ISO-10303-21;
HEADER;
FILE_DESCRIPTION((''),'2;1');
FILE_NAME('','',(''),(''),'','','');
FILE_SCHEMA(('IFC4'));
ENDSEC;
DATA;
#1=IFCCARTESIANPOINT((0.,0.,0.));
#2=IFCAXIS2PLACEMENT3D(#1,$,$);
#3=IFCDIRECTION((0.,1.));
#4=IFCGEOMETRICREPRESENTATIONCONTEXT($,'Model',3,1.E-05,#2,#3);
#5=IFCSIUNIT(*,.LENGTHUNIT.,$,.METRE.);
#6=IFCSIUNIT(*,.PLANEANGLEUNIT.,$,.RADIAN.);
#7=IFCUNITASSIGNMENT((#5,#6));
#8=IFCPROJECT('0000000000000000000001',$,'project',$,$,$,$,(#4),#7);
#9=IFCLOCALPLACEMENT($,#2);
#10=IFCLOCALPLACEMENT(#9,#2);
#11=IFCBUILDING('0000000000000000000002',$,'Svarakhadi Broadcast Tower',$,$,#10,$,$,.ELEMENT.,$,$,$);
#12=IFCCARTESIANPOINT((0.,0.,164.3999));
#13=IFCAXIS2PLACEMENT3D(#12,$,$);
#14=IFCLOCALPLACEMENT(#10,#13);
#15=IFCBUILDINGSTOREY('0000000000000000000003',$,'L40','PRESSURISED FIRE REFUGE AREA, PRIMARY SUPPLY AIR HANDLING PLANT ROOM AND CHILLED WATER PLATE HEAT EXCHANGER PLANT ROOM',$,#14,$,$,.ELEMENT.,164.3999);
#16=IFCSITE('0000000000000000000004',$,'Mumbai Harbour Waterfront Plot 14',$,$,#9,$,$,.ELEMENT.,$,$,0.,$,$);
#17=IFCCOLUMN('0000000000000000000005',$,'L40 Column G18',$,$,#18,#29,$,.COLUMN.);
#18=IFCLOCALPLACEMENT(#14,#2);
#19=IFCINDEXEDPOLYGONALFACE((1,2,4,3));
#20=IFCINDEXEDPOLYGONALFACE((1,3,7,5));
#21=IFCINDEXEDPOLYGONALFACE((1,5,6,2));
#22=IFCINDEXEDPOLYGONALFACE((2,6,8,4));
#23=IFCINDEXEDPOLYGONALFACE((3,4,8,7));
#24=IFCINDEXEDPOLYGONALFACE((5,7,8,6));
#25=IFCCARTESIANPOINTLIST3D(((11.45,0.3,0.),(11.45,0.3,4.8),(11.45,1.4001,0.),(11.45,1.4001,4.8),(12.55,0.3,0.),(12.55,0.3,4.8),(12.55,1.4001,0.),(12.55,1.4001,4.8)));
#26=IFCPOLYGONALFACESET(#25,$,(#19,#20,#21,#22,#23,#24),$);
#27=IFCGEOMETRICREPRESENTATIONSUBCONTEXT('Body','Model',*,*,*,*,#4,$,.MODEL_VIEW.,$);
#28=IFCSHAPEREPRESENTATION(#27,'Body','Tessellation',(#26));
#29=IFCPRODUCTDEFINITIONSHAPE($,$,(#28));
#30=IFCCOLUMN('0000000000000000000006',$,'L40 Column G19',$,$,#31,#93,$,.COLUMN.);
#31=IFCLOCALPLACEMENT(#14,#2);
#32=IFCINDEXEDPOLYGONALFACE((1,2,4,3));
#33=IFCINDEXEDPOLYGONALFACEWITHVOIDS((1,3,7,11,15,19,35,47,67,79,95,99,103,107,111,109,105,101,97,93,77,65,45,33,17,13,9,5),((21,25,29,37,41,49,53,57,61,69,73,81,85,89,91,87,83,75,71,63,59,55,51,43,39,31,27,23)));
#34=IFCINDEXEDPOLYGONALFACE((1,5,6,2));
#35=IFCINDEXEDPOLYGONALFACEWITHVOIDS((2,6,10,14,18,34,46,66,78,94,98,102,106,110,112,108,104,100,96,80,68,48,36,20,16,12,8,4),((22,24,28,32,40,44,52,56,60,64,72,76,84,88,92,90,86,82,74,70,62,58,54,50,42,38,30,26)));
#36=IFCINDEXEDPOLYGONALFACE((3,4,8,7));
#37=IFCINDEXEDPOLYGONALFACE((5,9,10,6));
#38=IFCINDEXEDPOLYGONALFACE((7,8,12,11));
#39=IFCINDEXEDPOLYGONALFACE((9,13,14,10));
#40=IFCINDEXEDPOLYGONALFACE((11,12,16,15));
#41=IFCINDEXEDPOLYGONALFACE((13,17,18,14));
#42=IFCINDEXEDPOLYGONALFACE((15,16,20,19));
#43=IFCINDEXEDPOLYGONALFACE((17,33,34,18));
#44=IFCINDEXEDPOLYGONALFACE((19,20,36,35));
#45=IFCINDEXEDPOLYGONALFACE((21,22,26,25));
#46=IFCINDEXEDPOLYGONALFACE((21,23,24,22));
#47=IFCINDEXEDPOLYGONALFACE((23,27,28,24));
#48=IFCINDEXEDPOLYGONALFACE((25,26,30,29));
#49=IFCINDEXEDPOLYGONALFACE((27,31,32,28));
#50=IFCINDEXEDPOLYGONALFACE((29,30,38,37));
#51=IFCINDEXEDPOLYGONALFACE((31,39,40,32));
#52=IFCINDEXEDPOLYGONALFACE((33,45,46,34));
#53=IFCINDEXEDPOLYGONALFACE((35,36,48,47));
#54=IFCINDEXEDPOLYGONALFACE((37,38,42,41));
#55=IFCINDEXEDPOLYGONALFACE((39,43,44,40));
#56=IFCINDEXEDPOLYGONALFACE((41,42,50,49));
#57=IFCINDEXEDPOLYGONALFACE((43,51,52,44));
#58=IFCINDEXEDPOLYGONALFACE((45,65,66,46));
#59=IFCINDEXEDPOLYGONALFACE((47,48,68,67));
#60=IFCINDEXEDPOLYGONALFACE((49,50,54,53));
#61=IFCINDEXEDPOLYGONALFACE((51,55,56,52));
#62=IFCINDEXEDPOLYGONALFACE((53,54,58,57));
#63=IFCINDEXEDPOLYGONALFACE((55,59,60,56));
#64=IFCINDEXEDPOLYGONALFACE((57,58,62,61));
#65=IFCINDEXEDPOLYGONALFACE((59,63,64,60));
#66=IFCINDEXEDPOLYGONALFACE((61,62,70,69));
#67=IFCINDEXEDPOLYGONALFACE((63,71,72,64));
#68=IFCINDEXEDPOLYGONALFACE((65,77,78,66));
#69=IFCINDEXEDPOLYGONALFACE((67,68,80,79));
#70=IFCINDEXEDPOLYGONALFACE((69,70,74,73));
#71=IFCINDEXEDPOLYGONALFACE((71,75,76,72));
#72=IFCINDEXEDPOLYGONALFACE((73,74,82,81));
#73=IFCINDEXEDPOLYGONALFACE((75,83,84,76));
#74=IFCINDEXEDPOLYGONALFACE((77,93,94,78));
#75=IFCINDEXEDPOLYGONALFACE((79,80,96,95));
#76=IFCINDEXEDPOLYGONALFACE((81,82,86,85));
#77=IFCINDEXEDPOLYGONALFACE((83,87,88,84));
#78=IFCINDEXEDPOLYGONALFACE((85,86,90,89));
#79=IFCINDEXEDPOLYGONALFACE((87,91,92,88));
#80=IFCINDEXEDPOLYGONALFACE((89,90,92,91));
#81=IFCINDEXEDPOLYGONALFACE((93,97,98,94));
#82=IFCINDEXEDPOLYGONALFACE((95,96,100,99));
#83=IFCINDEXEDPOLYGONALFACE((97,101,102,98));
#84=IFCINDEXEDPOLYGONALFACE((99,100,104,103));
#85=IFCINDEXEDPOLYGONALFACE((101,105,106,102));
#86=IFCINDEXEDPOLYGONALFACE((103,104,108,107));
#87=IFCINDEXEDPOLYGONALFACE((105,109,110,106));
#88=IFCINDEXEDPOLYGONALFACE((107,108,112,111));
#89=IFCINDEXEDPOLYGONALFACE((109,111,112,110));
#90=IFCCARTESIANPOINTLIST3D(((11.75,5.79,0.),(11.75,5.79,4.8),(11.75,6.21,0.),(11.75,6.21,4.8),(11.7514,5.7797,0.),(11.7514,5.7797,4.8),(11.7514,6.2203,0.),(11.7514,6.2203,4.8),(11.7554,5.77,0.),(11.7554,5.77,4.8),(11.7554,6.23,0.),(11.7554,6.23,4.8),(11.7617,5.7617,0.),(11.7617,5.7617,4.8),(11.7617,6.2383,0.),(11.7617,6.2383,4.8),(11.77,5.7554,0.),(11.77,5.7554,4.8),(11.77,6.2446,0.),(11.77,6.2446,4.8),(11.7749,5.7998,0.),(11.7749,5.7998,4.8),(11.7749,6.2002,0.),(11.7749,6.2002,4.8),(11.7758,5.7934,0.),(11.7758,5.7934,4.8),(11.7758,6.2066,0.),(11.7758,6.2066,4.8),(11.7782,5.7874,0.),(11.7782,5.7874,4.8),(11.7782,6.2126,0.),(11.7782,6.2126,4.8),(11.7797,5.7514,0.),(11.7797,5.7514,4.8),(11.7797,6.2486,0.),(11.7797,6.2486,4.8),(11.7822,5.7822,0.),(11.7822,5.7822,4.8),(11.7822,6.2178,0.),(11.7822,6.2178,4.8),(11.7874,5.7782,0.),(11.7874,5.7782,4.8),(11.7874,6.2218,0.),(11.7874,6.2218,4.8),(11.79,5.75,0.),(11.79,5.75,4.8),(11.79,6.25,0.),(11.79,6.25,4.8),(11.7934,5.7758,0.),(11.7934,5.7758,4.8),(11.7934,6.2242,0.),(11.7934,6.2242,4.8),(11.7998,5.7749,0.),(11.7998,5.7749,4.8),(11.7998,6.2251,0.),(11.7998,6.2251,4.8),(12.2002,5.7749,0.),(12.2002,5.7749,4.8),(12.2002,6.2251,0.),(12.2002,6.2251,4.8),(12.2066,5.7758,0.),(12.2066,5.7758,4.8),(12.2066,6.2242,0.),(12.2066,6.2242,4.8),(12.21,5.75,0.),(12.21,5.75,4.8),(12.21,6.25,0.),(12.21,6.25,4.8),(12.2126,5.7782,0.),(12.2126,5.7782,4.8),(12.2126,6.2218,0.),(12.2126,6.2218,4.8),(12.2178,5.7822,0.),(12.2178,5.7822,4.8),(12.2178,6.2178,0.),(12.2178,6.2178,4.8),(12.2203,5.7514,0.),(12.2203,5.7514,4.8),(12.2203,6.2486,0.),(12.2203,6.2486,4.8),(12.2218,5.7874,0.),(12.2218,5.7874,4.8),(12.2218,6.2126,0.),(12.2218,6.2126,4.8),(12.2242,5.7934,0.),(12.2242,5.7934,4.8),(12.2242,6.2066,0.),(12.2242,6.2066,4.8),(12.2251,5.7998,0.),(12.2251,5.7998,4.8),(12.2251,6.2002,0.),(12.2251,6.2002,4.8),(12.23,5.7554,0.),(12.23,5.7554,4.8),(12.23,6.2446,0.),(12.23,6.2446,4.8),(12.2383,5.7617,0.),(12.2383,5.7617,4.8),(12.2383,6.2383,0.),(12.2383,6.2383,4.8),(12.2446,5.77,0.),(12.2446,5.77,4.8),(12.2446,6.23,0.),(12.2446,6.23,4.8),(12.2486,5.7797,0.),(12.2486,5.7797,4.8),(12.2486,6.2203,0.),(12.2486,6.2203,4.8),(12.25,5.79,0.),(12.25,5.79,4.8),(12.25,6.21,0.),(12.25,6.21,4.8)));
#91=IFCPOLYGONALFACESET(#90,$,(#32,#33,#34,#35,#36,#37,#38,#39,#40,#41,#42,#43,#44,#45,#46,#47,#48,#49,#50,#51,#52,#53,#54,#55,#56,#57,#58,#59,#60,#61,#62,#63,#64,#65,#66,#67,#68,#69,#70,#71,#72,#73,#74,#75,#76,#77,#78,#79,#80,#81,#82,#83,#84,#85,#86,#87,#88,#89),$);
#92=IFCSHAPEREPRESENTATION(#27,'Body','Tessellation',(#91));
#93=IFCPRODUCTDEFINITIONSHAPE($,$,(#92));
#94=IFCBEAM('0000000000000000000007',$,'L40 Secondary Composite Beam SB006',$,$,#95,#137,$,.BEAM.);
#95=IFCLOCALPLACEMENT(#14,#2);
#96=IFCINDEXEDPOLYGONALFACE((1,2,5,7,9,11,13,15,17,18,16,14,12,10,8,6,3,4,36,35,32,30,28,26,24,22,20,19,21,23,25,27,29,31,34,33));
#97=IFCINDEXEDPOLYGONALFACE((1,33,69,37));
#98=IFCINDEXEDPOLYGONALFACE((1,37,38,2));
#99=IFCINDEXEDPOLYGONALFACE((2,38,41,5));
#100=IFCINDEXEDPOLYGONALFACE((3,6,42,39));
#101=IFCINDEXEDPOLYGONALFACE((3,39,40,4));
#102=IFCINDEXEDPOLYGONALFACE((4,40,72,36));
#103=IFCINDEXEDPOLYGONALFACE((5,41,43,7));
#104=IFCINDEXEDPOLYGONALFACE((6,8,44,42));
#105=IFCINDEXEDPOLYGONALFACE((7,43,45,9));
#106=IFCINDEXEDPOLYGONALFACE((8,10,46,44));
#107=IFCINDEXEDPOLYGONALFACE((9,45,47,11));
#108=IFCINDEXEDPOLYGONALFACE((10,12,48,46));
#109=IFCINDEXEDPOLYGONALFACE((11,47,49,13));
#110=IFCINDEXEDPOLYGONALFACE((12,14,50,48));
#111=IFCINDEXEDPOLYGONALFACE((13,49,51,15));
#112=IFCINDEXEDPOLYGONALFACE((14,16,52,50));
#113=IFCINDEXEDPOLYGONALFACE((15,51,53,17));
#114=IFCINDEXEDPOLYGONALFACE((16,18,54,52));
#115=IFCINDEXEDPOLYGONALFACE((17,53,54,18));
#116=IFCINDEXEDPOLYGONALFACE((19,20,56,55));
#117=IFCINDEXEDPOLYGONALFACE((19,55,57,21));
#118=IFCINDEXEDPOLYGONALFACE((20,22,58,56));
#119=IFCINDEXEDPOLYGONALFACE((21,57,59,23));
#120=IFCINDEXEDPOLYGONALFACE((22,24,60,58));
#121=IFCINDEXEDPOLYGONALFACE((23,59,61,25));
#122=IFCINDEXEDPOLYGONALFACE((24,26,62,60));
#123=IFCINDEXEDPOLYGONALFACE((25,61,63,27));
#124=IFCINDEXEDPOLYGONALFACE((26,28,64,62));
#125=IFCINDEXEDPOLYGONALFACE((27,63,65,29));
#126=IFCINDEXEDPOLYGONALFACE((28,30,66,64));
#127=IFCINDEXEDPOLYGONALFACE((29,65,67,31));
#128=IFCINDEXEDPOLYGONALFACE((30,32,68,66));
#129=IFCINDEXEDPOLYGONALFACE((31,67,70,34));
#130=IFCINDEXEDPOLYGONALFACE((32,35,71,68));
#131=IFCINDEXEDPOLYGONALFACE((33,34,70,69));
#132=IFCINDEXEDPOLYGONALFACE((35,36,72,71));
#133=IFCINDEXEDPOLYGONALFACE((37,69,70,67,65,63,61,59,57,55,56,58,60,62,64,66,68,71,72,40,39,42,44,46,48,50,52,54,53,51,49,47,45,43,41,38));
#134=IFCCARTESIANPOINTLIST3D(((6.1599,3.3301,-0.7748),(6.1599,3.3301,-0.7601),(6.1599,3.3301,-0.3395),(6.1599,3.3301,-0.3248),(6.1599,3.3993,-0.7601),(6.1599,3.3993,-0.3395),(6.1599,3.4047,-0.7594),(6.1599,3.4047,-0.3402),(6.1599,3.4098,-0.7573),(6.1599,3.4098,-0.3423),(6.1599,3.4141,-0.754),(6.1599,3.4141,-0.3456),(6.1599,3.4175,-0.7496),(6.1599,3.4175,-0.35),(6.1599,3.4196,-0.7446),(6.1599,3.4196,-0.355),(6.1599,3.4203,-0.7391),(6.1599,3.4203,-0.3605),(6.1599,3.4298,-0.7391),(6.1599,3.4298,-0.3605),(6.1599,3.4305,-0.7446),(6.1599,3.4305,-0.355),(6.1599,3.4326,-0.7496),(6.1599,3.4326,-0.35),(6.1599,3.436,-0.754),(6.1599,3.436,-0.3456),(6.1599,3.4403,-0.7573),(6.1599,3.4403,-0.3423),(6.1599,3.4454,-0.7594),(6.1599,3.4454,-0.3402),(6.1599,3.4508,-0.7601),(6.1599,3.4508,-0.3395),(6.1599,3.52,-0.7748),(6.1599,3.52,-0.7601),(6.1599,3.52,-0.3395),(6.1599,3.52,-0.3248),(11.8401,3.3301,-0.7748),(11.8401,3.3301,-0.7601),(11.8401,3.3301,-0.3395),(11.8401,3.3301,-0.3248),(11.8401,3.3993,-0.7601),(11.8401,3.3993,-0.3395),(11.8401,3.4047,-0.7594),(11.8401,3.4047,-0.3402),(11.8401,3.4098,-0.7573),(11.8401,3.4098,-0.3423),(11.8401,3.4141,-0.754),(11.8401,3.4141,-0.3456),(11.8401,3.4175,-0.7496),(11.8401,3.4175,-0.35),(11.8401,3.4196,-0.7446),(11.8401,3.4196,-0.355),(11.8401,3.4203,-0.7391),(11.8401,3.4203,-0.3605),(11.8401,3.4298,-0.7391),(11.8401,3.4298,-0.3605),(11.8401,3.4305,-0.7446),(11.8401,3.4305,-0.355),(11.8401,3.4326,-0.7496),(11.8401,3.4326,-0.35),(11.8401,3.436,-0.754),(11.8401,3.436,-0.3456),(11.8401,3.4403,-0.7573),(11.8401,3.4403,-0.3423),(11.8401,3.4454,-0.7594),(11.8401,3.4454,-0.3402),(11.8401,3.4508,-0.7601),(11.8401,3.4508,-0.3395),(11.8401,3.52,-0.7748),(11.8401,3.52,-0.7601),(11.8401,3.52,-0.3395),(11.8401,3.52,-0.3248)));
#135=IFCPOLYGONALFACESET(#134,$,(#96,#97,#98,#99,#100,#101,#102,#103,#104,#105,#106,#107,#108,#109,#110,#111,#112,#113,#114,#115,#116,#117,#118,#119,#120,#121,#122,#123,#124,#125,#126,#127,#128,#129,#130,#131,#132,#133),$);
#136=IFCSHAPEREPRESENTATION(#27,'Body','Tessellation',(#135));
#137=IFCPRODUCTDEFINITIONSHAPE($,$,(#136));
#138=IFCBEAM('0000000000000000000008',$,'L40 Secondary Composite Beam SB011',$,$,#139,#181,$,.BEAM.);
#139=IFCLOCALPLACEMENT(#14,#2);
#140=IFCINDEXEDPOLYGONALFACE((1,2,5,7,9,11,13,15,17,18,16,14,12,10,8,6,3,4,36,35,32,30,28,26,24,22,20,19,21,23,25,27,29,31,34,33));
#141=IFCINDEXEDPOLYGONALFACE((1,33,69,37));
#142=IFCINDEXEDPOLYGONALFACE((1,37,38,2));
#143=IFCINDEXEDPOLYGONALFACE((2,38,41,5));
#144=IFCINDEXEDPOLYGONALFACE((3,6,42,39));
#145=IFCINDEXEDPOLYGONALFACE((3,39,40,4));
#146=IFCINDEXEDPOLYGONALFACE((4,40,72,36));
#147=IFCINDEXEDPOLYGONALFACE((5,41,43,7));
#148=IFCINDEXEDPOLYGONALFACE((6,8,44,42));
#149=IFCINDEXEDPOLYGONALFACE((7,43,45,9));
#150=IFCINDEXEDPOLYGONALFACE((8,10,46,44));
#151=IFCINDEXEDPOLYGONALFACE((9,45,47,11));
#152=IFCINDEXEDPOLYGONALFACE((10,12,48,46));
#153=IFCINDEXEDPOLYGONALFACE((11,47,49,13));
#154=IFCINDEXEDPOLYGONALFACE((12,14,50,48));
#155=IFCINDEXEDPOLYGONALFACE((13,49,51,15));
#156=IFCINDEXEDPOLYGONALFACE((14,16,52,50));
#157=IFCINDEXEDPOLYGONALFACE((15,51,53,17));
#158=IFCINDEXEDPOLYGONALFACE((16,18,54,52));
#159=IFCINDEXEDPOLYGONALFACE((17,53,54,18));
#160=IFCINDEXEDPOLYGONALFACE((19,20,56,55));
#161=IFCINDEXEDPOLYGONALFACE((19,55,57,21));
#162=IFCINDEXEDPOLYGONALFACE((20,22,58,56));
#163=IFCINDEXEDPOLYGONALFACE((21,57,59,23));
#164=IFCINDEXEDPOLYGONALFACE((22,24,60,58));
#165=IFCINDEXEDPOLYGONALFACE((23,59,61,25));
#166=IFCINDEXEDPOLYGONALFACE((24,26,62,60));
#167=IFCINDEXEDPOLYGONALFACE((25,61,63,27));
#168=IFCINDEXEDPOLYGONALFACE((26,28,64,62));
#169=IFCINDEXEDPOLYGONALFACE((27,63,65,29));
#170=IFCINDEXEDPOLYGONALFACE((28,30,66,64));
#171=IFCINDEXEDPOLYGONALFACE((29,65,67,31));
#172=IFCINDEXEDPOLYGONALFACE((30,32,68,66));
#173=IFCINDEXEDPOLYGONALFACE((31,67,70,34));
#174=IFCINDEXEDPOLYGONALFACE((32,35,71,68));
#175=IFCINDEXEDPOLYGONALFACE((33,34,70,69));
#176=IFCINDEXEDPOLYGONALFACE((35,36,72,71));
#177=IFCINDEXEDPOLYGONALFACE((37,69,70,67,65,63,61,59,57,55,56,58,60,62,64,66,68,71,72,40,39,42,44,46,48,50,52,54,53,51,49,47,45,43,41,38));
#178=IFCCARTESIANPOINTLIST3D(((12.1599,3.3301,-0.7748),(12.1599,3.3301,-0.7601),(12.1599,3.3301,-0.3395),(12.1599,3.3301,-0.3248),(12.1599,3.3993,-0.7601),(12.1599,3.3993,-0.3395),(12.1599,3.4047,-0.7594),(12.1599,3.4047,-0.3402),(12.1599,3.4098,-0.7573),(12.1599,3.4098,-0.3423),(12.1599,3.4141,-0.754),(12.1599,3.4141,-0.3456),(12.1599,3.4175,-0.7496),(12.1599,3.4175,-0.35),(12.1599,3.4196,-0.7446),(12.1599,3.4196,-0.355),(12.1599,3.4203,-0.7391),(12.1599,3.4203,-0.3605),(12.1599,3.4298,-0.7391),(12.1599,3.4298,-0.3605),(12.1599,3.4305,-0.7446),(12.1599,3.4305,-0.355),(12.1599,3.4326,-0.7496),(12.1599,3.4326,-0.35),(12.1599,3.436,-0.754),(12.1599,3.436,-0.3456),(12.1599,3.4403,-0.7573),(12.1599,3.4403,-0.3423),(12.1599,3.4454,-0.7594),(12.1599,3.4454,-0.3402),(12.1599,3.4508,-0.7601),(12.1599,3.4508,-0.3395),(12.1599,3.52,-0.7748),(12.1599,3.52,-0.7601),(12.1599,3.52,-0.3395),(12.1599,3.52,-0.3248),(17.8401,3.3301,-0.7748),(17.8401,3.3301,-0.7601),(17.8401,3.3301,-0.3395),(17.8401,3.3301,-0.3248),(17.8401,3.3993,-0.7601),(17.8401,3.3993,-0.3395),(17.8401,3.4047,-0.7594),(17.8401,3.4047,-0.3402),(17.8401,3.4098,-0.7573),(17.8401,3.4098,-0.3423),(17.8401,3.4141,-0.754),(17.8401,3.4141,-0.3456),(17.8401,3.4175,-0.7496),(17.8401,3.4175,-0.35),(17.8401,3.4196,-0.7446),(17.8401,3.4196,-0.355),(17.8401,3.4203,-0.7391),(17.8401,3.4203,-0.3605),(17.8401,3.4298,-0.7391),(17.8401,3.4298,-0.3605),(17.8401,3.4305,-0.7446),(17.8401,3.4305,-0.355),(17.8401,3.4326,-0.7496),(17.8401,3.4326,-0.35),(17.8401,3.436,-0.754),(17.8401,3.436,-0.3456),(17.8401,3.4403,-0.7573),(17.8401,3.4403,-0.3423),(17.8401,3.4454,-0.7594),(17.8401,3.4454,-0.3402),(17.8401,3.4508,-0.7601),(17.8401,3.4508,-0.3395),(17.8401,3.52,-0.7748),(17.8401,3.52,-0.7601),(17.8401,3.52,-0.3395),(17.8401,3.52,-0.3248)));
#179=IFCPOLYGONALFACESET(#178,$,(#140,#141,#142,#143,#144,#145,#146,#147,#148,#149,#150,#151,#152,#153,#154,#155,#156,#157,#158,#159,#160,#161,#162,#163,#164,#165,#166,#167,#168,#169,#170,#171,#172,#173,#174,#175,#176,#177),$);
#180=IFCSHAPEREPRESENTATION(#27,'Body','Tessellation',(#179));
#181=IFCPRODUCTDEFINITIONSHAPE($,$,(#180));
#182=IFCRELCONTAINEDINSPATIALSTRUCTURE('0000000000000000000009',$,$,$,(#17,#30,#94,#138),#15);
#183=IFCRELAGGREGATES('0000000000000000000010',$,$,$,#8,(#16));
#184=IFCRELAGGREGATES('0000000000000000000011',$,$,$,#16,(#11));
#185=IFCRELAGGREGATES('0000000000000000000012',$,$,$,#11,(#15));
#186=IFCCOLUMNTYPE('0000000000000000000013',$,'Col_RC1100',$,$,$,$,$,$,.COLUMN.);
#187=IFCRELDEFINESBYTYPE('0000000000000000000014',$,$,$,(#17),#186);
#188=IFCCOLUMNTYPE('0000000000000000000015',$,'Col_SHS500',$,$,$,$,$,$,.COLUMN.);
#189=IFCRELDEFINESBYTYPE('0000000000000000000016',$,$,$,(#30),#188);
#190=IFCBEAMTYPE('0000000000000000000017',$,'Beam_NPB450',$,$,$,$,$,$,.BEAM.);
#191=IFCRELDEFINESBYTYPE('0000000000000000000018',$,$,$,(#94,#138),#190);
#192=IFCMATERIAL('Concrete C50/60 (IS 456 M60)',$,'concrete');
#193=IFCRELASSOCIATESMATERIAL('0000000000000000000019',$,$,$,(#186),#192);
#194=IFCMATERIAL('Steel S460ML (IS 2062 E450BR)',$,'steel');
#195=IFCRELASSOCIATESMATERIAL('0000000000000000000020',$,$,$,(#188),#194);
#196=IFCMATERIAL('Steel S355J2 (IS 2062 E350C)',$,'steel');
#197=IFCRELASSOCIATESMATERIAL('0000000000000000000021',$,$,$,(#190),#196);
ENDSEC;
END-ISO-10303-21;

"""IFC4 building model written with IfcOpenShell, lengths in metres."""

from ifc_helpers import new_model, si_unit, direction, frame, origin, origin_2d, place, context, subcontext, project, spatial, rectangle, hollow_rectangle, i_section, extrude, material, material_profile, profile_set, type_object, element, save


model = new_model("IFC4")

# Units and contexts
model_context = context("Model", 3, precision=1e-05, world=origin(), true_north=direction((0.0, 1.0)))
body_context = subcontext(model_context, "Body", "Model", "MODEL_VIEW")
ifc_project = project(units=[si_unit("LENGTHUNIT", "METRE"), si_unit("PLANEANGLEUNIT", "RADIAN")], contexts=[model_context])

# Site, building, storey
site_placement = place(None, origin())
site = spatial("IfcSite", under=ifc_project, at=site_placement, Name="Mumbai Harbour Waterfront Plot 14", CompositionType="ELEMENT", RefElevation=0.0)
building_placement = place(site_placement, origin())
building = spatial("IfcBuilding", under=site, at=building_placement, Name="Svarakhadi Broadcast Tower", CompositionType="ELEMENT")
storey_placement = place(building_placement, frame((0.0, 0.0, 164.3999)))
storey = spatial("IfcBuildingStorey", under=building, at=storey_placement, Name="L40", Description="PRESSURISED FIRE REFUGE AREA, PRIMARY SUPPLY AIR HANDLING PLANT ROOM AND CHILLED WATER PLATE HEAT EXCHANGER PLANT ROOM", CompositionType="ELEMENT", Elevation=164.3999)

# Columns
ifc_material_1 = material(Name="Concrete C50/60 (IS 456 M60)", Category="concrete")
ifc_material_profile_1 = material_profile(ifc_material_1, rectangle(XDim=1.1001, YDim=1.1001, at=origin_2d()), Name="RC 1100x1100")
ifc_profile_set_1 = profile_set([ifc_material_profile_1], Name="Concrete C50/60 (IS 456 M60)")
column_type_1 = type_object("IfcColumnType", Name="Col_RC1100", PredefinedType="COLUMN", material=ifc_profile_set_1)
column_1_placement = place(storey_placement, frame((12.0, 0.8501, 0.0), z_axis=(0.0, 0.0, 1.0), x_axis=(1.0, 0.0, 0.0)))
element("IfcColumn", 1, at=column_1_placement, inside=storey, type_object=column_type_1, Name="L40 Column G18", PredefinedType="COLUMN", context=body_context, shape_type="SweptSolid", body=[
    extrude(rectangle(XDim=1.1001, YDim=1.1001, at=origin_2d()), origin(), (0.0, 0.0, 1.0), 4.8),
])
ifc_material_2 = material(Name="Steel S460ML (IS 2062 E450BR)", Category="steel")
ifc_material_profile_2 = material_profile(ifc_material_2, hollow_rectangle(XDim=0.5, YDim=0.5, WallThickness=0.0249, InnerFilletRadius=0.0249, OuterFilletRadius=0.04, at=origin_2d()), Name="SHS 500x500x25")
ifc_profile_set_2 = profile_set([ifc_material_profile_2], Name="Steel S460ML (IS 2062 E450BR)")
column_type_2 = type_object("IfcColumnType", Name="Col_SHS500", PredefinedType="COLUMN", material=ifc_profile_set_2)
column_2_placement = place(storey_placement, frame((12.0, 6.0, 0.0), z_axis=(0.0, 0.0, 1.0), x_axis=(1.0, 0.0, 0.0)))
element("IfcColumn", 2, at=column_2_placement, inside=storey, type_object=column_type_2, Name="L40 Column G19", PredefinedType="COLUMN", context=body_context, shape_type="SweptSolid", body=[
    extrude(hollow_rectangle(XDim=0.5, YDim=0.5, WallThickness=0.0249, InnerFilletRadius=0.0249, OuterFilletRadius=0.04, at=origin_2d()), origin(), (0.0, 0.0, 1.0), 4.8),
])

# Beams
ifc_material_3 = material(Name="Steel S355J2 (IS 2062 E350C)", Category="steel")
ifc_material_profile_3 = material_profile(ifc_material_3, i_section(OverallWidth=0.1899, OverallDepth=0.45, WebThickness=0.0095, FlangeThickness=0.0146, FilletRadius=0.021, at=origin_2d()), Name="NPB 450x190x78")
ifc_profile_set_3 = profile_set([ifc_material_profile_3], Name="Steel S355J2 (IS 2062 E350C)")
beam_type_1 = type_object("IfcBeamType", Name="Beam_NPB450", PredefinedType="BEAM", material=ifc_profile_set_3)
for number, where, z_axis, x_axis, name in (
    (3, (6.1599, 3.425, -0.5498), (1.0, 0.0, 0.0), (0.0, 1.0, 0.0), "L40 Secondary Composite Beam SB006"),
    (4, (12.1599, 3.425, -0.5498), (1.0, 0.0, 0.0), (0.0, 1.0, 0.0), "L40 Secondary Composite Beam SB011"),
):
    element("IfcBeam", number, at=place(storey_placement, frame(where, z_axis=z_axis, x_axis=x_axis)), inside=storey, type_object=beam_type_1, Name=name, PredefinedType="BEAM", context=body_context, shape_type="SweptSolid", body=[
        extrude(i_section(OverallWidth=0.1899, OverallDepth=0.45, WebThickness=0.0095, FlangeThickness=0.0146, FilletRadius=0.021, at=origin_2d()), origin(), (0.0, 0.0, 1.0), 5.6802),
    ])

save(model, "model.ifc")
